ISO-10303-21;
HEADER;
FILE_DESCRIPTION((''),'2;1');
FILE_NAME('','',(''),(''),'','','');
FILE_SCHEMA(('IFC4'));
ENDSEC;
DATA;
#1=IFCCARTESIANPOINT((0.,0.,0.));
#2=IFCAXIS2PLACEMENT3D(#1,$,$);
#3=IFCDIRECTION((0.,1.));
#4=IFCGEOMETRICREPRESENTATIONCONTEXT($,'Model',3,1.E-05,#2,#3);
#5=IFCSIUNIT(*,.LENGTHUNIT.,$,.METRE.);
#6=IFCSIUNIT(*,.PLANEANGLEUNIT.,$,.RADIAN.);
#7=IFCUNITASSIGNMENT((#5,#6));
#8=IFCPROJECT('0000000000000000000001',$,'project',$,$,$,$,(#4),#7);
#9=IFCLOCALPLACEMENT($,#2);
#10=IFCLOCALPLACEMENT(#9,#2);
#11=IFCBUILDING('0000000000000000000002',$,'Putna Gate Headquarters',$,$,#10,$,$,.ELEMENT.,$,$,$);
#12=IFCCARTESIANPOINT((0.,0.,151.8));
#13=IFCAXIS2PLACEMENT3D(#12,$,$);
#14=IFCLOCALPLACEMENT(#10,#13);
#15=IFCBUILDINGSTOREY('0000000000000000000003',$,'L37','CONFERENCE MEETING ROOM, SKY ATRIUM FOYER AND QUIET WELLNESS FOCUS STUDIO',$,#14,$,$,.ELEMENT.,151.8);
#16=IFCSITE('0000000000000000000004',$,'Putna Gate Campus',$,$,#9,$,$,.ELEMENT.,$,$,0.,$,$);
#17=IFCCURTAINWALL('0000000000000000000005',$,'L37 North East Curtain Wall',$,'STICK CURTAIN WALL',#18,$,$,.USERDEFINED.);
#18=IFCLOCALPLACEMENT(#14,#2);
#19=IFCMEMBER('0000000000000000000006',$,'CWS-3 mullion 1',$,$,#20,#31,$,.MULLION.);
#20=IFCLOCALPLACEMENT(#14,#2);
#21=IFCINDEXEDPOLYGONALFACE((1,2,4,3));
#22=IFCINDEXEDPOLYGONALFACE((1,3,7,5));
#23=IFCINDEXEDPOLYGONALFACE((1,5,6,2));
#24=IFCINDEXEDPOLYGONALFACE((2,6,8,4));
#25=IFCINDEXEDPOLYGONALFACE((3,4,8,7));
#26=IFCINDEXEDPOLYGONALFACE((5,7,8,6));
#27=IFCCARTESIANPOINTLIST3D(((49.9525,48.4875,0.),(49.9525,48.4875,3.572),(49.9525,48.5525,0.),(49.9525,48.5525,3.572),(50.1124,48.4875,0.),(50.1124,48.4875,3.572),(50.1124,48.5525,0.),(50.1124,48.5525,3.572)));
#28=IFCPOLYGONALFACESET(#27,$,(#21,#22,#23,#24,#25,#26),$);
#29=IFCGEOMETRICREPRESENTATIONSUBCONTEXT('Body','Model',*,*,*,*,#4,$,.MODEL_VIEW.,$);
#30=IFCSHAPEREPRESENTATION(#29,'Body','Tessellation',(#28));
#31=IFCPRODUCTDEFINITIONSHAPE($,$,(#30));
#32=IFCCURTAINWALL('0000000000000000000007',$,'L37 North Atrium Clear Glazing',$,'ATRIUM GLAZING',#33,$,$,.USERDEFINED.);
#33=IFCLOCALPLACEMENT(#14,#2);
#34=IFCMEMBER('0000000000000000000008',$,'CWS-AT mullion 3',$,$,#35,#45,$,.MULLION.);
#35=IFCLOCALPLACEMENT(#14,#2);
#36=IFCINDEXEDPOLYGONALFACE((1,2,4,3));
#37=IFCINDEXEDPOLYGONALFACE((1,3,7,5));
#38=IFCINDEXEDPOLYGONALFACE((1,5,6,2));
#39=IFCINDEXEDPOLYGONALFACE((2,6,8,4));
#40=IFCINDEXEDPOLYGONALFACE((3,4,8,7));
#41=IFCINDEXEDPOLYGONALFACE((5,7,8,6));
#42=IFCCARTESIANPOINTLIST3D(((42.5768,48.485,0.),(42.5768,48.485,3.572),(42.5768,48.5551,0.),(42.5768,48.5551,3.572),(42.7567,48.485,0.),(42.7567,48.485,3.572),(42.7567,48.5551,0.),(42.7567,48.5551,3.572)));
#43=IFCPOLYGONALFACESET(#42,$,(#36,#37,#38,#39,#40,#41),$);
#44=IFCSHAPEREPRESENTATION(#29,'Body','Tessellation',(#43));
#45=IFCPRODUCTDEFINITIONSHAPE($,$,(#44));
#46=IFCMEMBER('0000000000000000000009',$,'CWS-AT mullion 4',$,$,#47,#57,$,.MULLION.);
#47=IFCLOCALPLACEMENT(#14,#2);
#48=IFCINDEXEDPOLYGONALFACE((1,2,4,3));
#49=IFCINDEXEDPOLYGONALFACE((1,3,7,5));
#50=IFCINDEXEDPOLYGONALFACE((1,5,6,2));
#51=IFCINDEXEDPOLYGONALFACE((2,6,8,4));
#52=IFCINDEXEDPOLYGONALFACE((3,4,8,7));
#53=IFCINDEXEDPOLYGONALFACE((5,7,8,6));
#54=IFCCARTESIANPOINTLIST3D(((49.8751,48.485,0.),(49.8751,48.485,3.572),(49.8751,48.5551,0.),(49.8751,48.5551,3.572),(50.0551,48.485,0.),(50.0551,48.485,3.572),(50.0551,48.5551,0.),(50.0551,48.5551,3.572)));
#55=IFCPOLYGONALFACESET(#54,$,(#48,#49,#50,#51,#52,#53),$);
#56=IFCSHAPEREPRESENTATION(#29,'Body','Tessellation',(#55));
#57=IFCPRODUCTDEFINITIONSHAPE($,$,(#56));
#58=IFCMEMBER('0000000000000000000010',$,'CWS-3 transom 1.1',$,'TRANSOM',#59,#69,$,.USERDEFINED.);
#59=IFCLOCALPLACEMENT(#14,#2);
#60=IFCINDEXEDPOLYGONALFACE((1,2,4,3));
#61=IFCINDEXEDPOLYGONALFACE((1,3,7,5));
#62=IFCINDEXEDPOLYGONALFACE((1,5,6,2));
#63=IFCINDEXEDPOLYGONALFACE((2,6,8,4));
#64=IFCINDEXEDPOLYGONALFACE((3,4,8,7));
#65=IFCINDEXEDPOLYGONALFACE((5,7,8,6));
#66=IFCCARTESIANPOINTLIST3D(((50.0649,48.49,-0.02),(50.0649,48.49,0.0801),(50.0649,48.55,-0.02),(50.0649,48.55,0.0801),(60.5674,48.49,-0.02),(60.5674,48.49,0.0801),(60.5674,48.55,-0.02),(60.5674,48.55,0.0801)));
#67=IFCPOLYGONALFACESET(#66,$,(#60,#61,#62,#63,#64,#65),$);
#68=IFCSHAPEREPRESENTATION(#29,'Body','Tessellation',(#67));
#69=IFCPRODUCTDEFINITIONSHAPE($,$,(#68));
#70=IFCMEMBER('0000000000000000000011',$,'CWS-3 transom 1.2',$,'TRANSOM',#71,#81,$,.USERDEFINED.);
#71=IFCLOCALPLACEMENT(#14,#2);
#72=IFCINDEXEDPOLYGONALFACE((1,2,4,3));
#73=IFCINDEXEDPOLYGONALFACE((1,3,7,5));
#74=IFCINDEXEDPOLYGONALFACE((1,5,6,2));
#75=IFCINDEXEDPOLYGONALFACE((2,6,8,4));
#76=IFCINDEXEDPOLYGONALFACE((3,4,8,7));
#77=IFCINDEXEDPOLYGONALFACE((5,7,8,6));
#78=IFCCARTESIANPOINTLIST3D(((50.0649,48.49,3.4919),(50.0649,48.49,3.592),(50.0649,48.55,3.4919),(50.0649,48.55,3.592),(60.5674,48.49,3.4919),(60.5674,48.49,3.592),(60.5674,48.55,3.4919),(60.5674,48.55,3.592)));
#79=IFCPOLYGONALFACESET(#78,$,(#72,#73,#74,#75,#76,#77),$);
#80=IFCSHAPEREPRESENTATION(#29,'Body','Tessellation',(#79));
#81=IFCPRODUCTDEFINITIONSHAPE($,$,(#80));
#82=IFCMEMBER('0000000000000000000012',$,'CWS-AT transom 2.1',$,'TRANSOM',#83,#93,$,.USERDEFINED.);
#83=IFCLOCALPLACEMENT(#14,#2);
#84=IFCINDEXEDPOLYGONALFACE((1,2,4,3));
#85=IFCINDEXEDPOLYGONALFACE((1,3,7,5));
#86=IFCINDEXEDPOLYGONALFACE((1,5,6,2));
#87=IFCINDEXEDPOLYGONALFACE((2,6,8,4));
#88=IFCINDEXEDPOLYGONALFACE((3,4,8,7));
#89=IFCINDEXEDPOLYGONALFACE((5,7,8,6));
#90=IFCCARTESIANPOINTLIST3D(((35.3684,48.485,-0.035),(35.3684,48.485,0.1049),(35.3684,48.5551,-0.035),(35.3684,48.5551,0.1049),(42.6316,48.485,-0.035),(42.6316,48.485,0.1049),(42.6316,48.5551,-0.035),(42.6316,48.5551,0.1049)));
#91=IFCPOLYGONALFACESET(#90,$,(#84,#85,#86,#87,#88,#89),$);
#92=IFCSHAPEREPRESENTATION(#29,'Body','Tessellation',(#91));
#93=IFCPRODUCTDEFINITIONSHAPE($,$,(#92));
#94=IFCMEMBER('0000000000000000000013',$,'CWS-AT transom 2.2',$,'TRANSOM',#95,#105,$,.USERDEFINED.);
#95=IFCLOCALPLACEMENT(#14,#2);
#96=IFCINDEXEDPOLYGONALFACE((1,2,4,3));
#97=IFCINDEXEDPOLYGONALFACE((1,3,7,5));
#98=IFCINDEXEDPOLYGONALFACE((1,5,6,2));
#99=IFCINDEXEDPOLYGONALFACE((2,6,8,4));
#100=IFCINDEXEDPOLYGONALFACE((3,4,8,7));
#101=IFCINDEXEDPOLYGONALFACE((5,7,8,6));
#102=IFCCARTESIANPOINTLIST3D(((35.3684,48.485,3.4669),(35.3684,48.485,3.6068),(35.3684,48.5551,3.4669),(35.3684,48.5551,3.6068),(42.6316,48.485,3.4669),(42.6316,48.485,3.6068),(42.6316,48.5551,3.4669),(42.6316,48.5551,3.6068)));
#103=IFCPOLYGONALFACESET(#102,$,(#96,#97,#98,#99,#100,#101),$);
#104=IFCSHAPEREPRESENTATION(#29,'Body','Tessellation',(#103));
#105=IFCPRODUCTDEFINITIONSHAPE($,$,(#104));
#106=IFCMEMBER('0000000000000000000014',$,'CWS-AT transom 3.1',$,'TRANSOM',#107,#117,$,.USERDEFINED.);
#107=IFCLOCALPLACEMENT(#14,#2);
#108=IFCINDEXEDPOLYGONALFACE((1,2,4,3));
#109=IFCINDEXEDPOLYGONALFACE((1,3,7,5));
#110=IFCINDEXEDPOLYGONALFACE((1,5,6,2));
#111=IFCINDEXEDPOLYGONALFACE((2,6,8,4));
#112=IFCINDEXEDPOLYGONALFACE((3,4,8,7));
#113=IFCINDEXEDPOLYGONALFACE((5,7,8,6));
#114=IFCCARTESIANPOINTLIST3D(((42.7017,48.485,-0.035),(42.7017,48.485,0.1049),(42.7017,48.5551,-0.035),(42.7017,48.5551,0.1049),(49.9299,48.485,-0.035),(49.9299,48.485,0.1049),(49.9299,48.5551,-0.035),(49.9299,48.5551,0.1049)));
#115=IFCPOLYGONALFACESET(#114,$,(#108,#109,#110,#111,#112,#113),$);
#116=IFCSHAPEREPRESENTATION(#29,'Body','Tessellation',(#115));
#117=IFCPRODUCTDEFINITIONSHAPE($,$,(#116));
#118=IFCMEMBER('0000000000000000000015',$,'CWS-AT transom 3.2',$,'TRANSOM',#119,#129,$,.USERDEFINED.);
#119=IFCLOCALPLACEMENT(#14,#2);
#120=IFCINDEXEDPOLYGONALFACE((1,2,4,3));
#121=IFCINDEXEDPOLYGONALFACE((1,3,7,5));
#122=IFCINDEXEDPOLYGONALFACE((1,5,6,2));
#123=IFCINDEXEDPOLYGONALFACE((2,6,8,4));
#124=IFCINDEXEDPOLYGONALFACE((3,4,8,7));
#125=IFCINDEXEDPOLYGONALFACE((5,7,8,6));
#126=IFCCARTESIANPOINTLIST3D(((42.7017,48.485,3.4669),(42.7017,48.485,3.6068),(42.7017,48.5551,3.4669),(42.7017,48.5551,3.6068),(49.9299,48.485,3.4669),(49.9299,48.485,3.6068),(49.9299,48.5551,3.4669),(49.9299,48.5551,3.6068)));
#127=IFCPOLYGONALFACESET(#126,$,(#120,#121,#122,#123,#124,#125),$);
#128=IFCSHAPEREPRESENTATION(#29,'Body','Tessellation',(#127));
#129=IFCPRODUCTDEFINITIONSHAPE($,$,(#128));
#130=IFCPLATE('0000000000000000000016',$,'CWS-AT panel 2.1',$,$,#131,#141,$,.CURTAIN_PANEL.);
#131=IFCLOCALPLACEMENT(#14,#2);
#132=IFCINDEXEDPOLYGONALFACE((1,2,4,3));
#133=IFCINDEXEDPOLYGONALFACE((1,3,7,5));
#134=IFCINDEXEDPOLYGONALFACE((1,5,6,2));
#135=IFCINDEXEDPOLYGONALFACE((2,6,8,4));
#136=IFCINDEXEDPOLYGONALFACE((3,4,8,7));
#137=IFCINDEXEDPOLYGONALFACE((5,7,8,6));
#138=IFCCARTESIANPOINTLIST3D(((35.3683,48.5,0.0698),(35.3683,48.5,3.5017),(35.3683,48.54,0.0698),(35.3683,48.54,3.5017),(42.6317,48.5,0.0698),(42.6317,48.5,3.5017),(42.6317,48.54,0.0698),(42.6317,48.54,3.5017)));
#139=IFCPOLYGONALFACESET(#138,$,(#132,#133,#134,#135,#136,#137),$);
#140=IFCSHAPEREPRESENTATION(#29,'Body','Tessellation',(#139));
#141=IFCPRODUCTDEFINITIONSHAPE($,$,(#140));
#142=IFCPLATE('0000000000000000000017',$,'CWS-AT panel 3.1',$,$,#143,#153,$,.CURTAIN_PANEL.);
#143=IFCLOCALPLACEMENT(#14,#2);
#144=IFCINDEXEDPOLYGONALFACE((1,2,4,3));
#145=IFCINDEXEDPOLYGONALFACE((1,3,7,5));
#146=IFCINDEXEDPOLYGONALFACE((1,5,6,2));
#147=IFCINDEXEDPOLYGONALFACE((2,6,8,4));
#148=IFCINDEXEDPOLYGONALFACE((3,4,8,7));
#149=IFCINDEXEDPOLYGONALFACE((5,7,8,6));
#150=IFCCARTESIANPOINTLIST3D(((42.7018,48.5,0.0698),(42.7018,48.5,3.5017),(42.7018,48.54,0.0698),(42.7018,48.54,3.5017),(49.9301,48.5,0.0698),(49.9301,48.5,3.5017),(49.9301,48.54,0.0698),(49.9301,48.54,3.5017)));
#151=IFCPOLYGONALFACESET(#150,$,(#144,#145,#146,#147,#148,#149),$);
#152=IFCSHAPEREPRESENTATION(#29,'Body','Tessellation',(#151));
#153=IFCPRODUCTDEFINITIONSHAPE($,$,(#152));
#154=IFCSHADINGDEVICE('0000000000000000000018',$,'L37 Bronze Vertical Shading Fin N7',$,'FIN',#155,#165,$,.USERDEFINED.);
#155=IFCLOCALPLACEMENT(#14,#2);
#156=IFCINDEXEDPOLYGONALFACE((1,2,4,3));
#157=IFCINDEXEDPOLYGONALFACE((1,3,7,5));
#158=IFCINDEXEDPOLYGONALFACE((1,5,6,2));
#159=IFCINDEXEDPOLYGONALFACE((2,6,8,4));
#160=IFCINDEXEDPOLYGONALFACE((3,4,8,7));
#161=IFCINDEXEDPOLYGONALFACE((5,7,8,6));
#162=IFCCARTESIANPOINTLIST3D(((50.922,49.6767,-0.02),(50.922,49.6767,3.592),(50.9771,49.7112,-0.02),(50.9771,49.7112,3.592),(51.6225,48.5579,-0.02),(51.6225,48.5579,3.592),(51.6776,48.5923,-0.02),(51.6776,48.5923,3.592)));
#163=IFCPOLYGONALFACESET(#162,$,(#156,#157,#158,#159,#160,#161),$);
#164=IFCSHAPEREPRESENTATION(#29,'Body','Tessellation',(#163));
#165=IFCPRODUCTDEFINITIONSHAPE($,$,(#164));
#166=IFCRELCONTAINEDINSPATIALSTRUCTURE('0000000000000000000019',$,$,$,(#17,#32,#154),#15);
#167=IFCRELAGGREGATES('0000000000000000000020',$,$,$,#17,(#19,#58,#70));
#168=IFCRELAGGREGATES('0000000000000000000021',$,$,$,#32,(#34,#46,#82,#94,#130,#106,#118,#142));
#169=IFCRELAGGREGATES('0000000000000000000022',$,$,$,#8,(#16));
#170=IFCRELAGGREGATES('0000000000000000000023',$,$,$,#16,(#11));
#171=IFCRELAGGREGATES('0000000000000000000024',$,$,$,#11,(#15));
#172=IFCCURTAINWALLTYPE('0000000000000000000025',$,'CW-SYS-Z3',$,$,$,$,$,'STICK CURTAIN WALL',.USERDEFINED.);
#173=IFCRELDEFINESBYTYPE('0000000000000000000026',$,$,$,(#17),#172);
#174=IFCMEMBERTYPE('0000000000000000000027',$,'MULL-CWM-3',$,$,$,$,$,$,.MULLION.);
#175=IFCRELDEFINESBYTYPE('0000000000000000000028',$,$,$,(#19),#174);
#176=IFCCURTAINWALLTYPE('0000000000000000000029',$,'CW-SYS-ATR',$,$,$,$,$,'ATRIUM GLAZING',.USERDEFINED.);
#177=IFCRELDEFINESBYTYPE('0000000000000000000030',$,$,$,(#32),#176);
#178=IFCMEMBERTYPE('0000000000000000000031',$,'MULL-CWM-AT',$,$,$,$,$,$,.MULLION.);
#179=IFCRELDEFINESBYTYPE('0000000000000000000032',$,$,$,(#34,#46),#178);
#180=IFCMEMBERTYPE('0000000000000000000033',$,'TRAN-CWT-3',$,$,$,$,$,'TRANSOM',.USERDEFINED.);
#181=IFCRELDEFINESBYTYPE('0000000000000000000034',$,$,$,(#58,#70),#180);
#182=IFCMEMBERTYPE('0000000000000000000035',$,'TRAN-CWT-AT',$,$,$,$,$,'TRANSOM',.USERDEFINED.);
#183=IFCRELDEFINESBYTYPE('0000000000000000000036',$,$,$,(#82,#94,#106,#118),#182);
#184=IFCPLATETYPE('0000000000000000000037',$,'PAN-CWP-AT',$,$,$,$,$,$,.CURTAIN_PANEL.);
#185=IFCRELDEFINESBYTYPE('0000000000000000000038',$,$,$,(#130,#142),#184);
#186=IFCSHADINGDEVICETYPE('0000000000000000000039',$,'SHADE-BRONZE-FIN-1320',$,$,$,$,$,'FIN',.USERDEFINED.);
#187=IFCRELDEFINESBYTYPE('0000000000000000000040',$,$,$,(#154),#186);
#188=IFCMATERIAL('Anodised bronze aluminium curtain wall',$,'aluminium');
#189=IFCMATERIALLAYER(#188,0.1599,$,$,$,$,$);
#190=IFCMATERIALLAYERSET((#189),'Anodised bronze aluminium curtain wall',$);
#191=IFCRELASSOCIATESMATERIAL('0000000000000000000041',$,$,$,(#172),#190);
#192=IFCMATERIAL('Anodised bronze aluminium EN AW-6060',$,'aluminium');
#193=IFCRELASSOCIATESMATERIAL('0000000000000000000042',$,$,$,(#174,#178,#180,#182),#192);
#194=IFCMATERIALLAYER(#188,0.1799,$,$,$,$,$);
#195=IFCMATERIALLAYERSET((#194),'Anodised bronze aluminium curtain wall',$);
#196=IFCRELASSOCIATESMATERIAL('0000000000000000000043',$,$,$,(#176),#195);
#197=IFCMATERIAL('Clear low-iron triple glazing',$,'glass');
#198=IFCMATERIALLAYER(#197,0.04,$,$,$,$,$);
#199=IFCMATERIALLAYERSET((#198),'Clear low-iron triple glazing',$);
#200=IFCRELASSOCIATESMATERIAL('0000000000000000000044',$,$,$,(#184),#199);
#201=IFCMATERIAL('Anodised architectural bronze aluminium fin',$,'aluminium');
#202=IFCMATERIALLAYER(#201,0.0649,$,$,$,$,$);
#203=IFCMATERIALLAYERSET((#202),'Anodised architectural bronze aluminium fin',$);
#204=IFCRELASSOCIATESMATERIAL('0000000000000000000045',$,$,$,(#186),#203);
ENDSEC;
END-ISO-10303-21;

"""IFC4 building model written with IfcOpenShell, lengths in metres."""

from ifc_helpers import new_model, si_unit, direction, frame, origin, origin_2d, place, context, subcontext, project, spatial, rectangle, extrude, material, layer, layer_set, material_profile, profile_set, type_object, element, aggregate, save


model = new_model("IFC4")

# Units and contexts
model_context = context("Model", 3, precision=1e-05, world=origin(), true_north=direction((0.0, 1.0)))
body_context = subcontext(model_context, "Body", "Model", "MODEL_VIEW")
ifc_project = project(units=[si_unit("LENGTHUNIT", "METRE"), si_unit("PLANEANGLEUNIT", "RADIAN")], contexts=[model_context])

# Site, building, storey
site_placement = place(None, origin())
site = spatial("IfcSite", under=ifc_project, at=site_placement, Name="Putna Gate Campus", CompositionType="ELEMENT", RefElevation=0.0)
building_placement = place(site_placement, origin())
building = spatial("IfcBuilding", under=site, at=building_placement, Name="Putna Gate Headquarters", CompositionType="ELEMENT")
storey_placement = place(building_placement, frame((0.0, 0.0, 151.8)))
storey = spatial("IfcBuildingStorey", under=building, at=storey_placement, Name="L37", Description="CONFERENCE MEETING ROOM, SKY ATRIUM FOYER AND QUIET WELLNESS FOCUS STUDIO", CompositionType="ELEMENT", Elevation=151.8)

# Curtain wall, member
ifc_material_1 = material(Name="Anodised bronze aluminium curtain wall", Category="aluminium")
ifc_layer_1 = layer(ifc_material_1, 0.1599)
ifc_layer_set_1 = layer_set([ifc_layer_1], Name="Anodised bronze aluminium curtain wall")
curtain_wall_type_1 = type_object("IfcCurtainWallType", Name="CW-SYS-Z3", ElementType="STICK CURTAIN WALL", PredefinedType="USERDEFINED", material=ifc_layer_set_1)
curtain_wall_1_placement = place(storey_placement, origin())
curtain_wall_1 = element("IfcCurtainWall", 1, at=curtain_wall_1_placement, inside=storey, type_object=curtain_wall_type_1, Name="L37 North East Curtain Wall", ObjectType="STICK CURTAIN WALL", PredefinedType="USERDEFINED")
ifc_material_2 = material(Name="Anodised bronze aluminium EN AW-6060", Category="aluminium")
ifc_material_profile_1 = material_profile(ifc_material_2, rectangle(XDim=0.0649, YDim=0.1599, at=origin_2d()), Name="Anodised bronze aluminium EN AW-6060")
ifc_profile_set_1 = profile_set([ifc_material_profile_1], Name="Anodised bronze aluminium EN AW-6060")
member_type_1 = type_object("IfcMemberType", Name="MULL-CWM-3", PredefinedType="MULLION", material=ifc_profile_set_1)
member_1_placement = place(storey_placement, frame((50.0325, 48.52, 0.0), z_axis=(0.0, 0.0, 1.0), x_axis=(0.0, 1.0, 0.0)))
member_1 = element("IfcMember", 2, at=member_1_placement, type_object=member_type_1, Name="CWS-3 mullion 1", PredefinedType="MULLION", context=body_context, shape_type="SweptSolid", body=[
    extrude(rectangle(XDim=0.0649, YDim=0.1599, at=origin_2d()), origin(), (0.0, 0.0, 1.0), 3.572),
])

# Curtain wall, members
ifc_layer_2 = layer(ifc_material_1, 0.1799)
ifc_layer_set_2 = layer_set([ifc_layer_2], Name="Anodised bronze aluminium curtain wall")
curtain_wall_type_2 = type_object("IfcCurtainWallType", Name="CW-SYS-ATR", ElementType="ATRIUM GLAZING", PredefinedType="USERDEFINED", material=ifc_layer_set_2)
curtain_wall_2_placement = place(storey_placement, origin())
curtain_wall_2 = element("IfcCurtainWall", 3, at=curtain_wall_2_placement, inside=storey, type_object=curtain_wall_type_2, Name="L37 North Atrium Clear Glazing", ObjectType="ATRIUM GLAZING", PredefinedType="USERDEFINED")
ifc_material_profile_2 = material_profile(ifc_material_2, rectangle(XDim=0.0701, YDim=0.1799, at=origin_2d()), Name="Anodised bronze aluminium EN AW-6060")
ifc_profile_set_2 = profile_set([ifc_material_profile_2], Name="Anodised bronze aluminium EN AW-6060")
member_type_2 = type_object("IfcMemberType", Name="MULL-CWM-AT", PredefinedType="MULLION", material=ifc_profile_set_2)
member_2_placement = place(storey_placement, frame((42.6667, 48.52, 0.0), z_axis=(0.0, 0.0, 1.0), x_axis=(0.0, 1.0, 0.0)))
member_2 = element("IfcMember", 4, at=member_2_placement, type_object=member_type_2, Name="CWS-AT mullion 3", PredefinedType="MULLION", context=body_context, shape_type="SweptSolid", body=[
    extrude(rectangle(XDim=0.0701, YDim=0.1799, at=origin_2d()), origin(), (0.0, 0.0, 1.0), 3.572),
])
member_3_placement = place(storey_placement, frame((49.9651, 48.52, 0.0), z_axis=(0.0, 0.0, 1.0), x_axis=(0.0, 1.0, 0.0)))
member_3 = element("IfcMember", 5, at=member_3_placement, type_object=member_type_2, Name="CWS-AT mullion 4", PredefinedType="MULLION", context=body_context, shape_type="SweptSolid", body=[
    extrude(rectangle(XDim=0.0701, YDim=0.1799, at=origin_2d()), origin(), (0.0, 0.0, 1.0), 3.572),
])

# Members
ifc_material_profile_3 = material_profile(ifc_material_2, rectangle(XDim=0.0601, YDim=0.1001, at=origin_2d()), Name="Anodised bronze aluminium EN AW-6060")
ifc_profile_set_3 = profile_set([ifc_material_profile_3], Name="Anodised bronze aluminium EN AW-6060")
member_type_3 = type_object("IfcMemberType", Name="TRAN-CWT-3", ElementType="TRANSOM", PredefinedType="USERDEFINED", material=ifc_profile_set_3)
member_4_placement = place(storey_placement, frame((50.0649, 48.52, 0.03), z_axis=(1.0, 0.0, 0.0), x_axis=(0.0, 1.0, 0.0)))
member_4 = element("IfcMember", 6, at=member_4_placement, type_object=member_type_3, Name="CWS-3 transom 1.1", ObjectType="TRANSOM", PredefinedType="USERDEFINED", context=body_context, shape_type="SweptSolid", body=[
    extrude(rectangle(XDim=0.0601, YDim=0.1001, at=origin_2d()), origin(), (0.0, 0.0, 1.0), 10.5024),
])
member_5_placement = place(storey_placement, frame((50.0649, 48.52, 3.542), z_axis=(1.0, 0.0, 0.0), x_axis=(0.0, 1.0, 0.0)))
member_5 = element("IfcMember", 7, at=member_5_placement, type_object=member_type_3, Name="CWS-3 transom 1.2", ObjectType="TRANSOM", PredefinedType="USERDEFINED", context=body_context, shape_type="SweptSolid", body=[
    extrude(rectangle(XDim=0.0601, YDim=0.1001, at=origin_2d()), origin(), (0.0, 0.0, 1.0), 10.5024),
])
aggregate(curtain_wall_1, [member_1, member_4, member_5])
ifc_material_profile_4 = material_profile(ifc_material_2, rectangle(XDim=0.0701, YDim=0.1399, at=origin_2d()), Name="Anodised bronze aluminium EN AW-6060")
ifc_profile_set_4 = profile_set([ifc_material_profile_4], Name="Anodised bronze aluminium EN AW-6060")
member_type_4 = type_object("IfcMemberType", Name="TRAN-CWT-AT", ElementType="TRANSOM", PredefinedType="USERDEFINED", material=ifc_profile_set_4)
member_6_placement = place(storey_placement, frame((35.3684, 48.52, 0.0349), z_axis=(1.0, 0.0, 0.0), x_axis=(0.0, 1.0, 0.0)))
member_6 = element("IfcMember", 8, at=member_6_placement, type_object=member_type_4, Name="CWS-AT transom 2.1", ObjectType="TRANSOM", PredefinedType="USERDEFINED", context=body_context, shape_type="SweptSolid", body=[
    extrude(rectangle(XDim=0.0701, YDim=0.1399, at=origin_2d()), origin(), (0.0, 0.0, 1.0), 7.2632),
])
member_7_placement = place(storey_placement, frame((35.3684, 48.52, 3.5369), z_axis=(1.0, 0.0, 0.0), x_axis=(0.0, 1.0, 0.0)))
member_7 = element("IfcMember", 9, at=member_7_placement, type_object=member_type_4, Name="CWS-AT transom 2.2", ObjectType="TRANSOM", PredefinedType="USERDEFINED", context=body_context, shape_type="SweptSolid", body=[
    extrude(rectangle(XDim=0.0701, YDim=0.1399, at=origin_2d()), origin(), (0.0, 0.0, 1.0), 7.2632),
])
member_8_placement = place(storey_placement, frame((42.7017, 48.52, 0.0349), z_axis=(1.0, 0.0, 0.0), x_axis=(0.0, 1.0, 0.0)))
member_8 = element("IfcMember", 10, at=member_8_placement, type_object=member_type_4, Name="CWS-AT transom 3.1", ObjectType="TRANSOM", PredefinedType="USERDEFINED", context=body_context, shape_type="SweptSolid", body=[
    extrude(rectangle(XDim=0.0701, YDim=0.1399, at=origin_2d()), origin(), (0.0, 0.0, 1.0), 7.2283),
])
member_9_placement = place(storey_placement, frame((42.7017, 48.52, 3.5369), z_axis=(1.0, 0.0, 0.0), x_axis=(0.0, 1.0, 0.0)))
member_9 = element("IfcMember", 11, at=member_9_placement, type_object=member_type_4, Name="CWS-AT transom 3.2", ObjectType="TRANSOM", PredefinedType="USERDEFINED", context=body_context, shape_type="SweptSolid", body=[
    extrude(rectangle(XDim=0.0701, YDim=0.1399, at=origin_2d()), origin(), (0.0, 0.0, 1.0), 7.2283),
])

# Plates
ifc_material_3 = material(Name="Clear low-iron triple glazing", Category="glass")
ifc_layer_3 = layer(ifc_material_3, 0.04)
ifc_layer_set_3 = layer_set([ifc_layer_3], Name="Clear low-iron triple glazing")
plate_type = type_object("IfcPlateType", Name="PAN-CWP-AT", PredefinedType="CURTAIN_PANEL", material=ifc_layer_set_3)
plate_1_placement = place(storey_placement, frame((39.0, 48.52, 0.0698), z_axis=(0.0, 0.0, 1.0), x_axis=(1.0, 0.0, 0.0)))
plate_1 = element("IfcPlate", 12, at=plate_1_placement, type_object=plate_type, Name="CWS-AT panel 2.1", PredefinedType="CURTAIN_PANEL", context=body_context, shape_type="SweptSolid", body=[
    extrude(rectangle(XDim=7.2634, YDim=0.04, at=origin_2d()), origin(), (0.0, 0.0, 1.0), 3.4319),
])
plate_2_placement = place(storey_placement, frame((46.3159, 48.52, 0.0698), z_axis=(0.0, 0.0, 1.0), x_axis=(1.0, 0.0, 0.0)))
plate_2 = element("IfcPlate", 13, at=plate_2_placement, type_object=plate_type, Name="CWS-AT panel 3.1", PredefinedType="CURTAIN_PANEL", context=body_context, shape_type="SweptSolid", body=[
    extrude(rectangle(XDim=7.2283, YDim=0.04, at=origin_2d()), origin(), (0.0, 0.0, 1.0), 3.4319),
])
aggregate(curtain_wall_2, [member_2, member_3, member_6, member_7, plate_1, member_8, member_9, plate_2])

# Shading device
ifc_material_4 = material(Name="Anodised architectural bronze aluminium fin", Category="aluminium")
ifc_layer_4 = layer(ifc_material_4, 0.0649)
ifc_layer_set_4 = layer_set([ifc_layer_4], Name="Anodised architectural bronze aluminium fin")
shading_device_type = type_object("IfcShadingDeviceType", Name="SHADE-BRONZE-FIN-1320", ElementType="FIN", PredefinedType="USERDEFINED", material=ifc_layer_set_4)
shading_device_placement = place(storey_placement, frame((51.2998, 49.1345, -0.02), z_axis=(0.0, 0.0, 1.0), x_axis=(-0.530659, 0.847585, 0.0)))
element("IfcShadingDevice", 14, at=shading_device_placement, inside=storey, type_object=shading_device_type, Name="L37 Bronze Vertical Shading Fin N7", ObjectType="FIN", PredefinedType="USERDEFINED", context=body_context, shape_type="SweptSolid", body=[
    extrude(rectangle(XDim=1.3201, YDim=0.0649, at=origin_2d()), origin(), (0.0, 0.0, 1.0), 3.6121),
])

save(model, "model.ifc")
